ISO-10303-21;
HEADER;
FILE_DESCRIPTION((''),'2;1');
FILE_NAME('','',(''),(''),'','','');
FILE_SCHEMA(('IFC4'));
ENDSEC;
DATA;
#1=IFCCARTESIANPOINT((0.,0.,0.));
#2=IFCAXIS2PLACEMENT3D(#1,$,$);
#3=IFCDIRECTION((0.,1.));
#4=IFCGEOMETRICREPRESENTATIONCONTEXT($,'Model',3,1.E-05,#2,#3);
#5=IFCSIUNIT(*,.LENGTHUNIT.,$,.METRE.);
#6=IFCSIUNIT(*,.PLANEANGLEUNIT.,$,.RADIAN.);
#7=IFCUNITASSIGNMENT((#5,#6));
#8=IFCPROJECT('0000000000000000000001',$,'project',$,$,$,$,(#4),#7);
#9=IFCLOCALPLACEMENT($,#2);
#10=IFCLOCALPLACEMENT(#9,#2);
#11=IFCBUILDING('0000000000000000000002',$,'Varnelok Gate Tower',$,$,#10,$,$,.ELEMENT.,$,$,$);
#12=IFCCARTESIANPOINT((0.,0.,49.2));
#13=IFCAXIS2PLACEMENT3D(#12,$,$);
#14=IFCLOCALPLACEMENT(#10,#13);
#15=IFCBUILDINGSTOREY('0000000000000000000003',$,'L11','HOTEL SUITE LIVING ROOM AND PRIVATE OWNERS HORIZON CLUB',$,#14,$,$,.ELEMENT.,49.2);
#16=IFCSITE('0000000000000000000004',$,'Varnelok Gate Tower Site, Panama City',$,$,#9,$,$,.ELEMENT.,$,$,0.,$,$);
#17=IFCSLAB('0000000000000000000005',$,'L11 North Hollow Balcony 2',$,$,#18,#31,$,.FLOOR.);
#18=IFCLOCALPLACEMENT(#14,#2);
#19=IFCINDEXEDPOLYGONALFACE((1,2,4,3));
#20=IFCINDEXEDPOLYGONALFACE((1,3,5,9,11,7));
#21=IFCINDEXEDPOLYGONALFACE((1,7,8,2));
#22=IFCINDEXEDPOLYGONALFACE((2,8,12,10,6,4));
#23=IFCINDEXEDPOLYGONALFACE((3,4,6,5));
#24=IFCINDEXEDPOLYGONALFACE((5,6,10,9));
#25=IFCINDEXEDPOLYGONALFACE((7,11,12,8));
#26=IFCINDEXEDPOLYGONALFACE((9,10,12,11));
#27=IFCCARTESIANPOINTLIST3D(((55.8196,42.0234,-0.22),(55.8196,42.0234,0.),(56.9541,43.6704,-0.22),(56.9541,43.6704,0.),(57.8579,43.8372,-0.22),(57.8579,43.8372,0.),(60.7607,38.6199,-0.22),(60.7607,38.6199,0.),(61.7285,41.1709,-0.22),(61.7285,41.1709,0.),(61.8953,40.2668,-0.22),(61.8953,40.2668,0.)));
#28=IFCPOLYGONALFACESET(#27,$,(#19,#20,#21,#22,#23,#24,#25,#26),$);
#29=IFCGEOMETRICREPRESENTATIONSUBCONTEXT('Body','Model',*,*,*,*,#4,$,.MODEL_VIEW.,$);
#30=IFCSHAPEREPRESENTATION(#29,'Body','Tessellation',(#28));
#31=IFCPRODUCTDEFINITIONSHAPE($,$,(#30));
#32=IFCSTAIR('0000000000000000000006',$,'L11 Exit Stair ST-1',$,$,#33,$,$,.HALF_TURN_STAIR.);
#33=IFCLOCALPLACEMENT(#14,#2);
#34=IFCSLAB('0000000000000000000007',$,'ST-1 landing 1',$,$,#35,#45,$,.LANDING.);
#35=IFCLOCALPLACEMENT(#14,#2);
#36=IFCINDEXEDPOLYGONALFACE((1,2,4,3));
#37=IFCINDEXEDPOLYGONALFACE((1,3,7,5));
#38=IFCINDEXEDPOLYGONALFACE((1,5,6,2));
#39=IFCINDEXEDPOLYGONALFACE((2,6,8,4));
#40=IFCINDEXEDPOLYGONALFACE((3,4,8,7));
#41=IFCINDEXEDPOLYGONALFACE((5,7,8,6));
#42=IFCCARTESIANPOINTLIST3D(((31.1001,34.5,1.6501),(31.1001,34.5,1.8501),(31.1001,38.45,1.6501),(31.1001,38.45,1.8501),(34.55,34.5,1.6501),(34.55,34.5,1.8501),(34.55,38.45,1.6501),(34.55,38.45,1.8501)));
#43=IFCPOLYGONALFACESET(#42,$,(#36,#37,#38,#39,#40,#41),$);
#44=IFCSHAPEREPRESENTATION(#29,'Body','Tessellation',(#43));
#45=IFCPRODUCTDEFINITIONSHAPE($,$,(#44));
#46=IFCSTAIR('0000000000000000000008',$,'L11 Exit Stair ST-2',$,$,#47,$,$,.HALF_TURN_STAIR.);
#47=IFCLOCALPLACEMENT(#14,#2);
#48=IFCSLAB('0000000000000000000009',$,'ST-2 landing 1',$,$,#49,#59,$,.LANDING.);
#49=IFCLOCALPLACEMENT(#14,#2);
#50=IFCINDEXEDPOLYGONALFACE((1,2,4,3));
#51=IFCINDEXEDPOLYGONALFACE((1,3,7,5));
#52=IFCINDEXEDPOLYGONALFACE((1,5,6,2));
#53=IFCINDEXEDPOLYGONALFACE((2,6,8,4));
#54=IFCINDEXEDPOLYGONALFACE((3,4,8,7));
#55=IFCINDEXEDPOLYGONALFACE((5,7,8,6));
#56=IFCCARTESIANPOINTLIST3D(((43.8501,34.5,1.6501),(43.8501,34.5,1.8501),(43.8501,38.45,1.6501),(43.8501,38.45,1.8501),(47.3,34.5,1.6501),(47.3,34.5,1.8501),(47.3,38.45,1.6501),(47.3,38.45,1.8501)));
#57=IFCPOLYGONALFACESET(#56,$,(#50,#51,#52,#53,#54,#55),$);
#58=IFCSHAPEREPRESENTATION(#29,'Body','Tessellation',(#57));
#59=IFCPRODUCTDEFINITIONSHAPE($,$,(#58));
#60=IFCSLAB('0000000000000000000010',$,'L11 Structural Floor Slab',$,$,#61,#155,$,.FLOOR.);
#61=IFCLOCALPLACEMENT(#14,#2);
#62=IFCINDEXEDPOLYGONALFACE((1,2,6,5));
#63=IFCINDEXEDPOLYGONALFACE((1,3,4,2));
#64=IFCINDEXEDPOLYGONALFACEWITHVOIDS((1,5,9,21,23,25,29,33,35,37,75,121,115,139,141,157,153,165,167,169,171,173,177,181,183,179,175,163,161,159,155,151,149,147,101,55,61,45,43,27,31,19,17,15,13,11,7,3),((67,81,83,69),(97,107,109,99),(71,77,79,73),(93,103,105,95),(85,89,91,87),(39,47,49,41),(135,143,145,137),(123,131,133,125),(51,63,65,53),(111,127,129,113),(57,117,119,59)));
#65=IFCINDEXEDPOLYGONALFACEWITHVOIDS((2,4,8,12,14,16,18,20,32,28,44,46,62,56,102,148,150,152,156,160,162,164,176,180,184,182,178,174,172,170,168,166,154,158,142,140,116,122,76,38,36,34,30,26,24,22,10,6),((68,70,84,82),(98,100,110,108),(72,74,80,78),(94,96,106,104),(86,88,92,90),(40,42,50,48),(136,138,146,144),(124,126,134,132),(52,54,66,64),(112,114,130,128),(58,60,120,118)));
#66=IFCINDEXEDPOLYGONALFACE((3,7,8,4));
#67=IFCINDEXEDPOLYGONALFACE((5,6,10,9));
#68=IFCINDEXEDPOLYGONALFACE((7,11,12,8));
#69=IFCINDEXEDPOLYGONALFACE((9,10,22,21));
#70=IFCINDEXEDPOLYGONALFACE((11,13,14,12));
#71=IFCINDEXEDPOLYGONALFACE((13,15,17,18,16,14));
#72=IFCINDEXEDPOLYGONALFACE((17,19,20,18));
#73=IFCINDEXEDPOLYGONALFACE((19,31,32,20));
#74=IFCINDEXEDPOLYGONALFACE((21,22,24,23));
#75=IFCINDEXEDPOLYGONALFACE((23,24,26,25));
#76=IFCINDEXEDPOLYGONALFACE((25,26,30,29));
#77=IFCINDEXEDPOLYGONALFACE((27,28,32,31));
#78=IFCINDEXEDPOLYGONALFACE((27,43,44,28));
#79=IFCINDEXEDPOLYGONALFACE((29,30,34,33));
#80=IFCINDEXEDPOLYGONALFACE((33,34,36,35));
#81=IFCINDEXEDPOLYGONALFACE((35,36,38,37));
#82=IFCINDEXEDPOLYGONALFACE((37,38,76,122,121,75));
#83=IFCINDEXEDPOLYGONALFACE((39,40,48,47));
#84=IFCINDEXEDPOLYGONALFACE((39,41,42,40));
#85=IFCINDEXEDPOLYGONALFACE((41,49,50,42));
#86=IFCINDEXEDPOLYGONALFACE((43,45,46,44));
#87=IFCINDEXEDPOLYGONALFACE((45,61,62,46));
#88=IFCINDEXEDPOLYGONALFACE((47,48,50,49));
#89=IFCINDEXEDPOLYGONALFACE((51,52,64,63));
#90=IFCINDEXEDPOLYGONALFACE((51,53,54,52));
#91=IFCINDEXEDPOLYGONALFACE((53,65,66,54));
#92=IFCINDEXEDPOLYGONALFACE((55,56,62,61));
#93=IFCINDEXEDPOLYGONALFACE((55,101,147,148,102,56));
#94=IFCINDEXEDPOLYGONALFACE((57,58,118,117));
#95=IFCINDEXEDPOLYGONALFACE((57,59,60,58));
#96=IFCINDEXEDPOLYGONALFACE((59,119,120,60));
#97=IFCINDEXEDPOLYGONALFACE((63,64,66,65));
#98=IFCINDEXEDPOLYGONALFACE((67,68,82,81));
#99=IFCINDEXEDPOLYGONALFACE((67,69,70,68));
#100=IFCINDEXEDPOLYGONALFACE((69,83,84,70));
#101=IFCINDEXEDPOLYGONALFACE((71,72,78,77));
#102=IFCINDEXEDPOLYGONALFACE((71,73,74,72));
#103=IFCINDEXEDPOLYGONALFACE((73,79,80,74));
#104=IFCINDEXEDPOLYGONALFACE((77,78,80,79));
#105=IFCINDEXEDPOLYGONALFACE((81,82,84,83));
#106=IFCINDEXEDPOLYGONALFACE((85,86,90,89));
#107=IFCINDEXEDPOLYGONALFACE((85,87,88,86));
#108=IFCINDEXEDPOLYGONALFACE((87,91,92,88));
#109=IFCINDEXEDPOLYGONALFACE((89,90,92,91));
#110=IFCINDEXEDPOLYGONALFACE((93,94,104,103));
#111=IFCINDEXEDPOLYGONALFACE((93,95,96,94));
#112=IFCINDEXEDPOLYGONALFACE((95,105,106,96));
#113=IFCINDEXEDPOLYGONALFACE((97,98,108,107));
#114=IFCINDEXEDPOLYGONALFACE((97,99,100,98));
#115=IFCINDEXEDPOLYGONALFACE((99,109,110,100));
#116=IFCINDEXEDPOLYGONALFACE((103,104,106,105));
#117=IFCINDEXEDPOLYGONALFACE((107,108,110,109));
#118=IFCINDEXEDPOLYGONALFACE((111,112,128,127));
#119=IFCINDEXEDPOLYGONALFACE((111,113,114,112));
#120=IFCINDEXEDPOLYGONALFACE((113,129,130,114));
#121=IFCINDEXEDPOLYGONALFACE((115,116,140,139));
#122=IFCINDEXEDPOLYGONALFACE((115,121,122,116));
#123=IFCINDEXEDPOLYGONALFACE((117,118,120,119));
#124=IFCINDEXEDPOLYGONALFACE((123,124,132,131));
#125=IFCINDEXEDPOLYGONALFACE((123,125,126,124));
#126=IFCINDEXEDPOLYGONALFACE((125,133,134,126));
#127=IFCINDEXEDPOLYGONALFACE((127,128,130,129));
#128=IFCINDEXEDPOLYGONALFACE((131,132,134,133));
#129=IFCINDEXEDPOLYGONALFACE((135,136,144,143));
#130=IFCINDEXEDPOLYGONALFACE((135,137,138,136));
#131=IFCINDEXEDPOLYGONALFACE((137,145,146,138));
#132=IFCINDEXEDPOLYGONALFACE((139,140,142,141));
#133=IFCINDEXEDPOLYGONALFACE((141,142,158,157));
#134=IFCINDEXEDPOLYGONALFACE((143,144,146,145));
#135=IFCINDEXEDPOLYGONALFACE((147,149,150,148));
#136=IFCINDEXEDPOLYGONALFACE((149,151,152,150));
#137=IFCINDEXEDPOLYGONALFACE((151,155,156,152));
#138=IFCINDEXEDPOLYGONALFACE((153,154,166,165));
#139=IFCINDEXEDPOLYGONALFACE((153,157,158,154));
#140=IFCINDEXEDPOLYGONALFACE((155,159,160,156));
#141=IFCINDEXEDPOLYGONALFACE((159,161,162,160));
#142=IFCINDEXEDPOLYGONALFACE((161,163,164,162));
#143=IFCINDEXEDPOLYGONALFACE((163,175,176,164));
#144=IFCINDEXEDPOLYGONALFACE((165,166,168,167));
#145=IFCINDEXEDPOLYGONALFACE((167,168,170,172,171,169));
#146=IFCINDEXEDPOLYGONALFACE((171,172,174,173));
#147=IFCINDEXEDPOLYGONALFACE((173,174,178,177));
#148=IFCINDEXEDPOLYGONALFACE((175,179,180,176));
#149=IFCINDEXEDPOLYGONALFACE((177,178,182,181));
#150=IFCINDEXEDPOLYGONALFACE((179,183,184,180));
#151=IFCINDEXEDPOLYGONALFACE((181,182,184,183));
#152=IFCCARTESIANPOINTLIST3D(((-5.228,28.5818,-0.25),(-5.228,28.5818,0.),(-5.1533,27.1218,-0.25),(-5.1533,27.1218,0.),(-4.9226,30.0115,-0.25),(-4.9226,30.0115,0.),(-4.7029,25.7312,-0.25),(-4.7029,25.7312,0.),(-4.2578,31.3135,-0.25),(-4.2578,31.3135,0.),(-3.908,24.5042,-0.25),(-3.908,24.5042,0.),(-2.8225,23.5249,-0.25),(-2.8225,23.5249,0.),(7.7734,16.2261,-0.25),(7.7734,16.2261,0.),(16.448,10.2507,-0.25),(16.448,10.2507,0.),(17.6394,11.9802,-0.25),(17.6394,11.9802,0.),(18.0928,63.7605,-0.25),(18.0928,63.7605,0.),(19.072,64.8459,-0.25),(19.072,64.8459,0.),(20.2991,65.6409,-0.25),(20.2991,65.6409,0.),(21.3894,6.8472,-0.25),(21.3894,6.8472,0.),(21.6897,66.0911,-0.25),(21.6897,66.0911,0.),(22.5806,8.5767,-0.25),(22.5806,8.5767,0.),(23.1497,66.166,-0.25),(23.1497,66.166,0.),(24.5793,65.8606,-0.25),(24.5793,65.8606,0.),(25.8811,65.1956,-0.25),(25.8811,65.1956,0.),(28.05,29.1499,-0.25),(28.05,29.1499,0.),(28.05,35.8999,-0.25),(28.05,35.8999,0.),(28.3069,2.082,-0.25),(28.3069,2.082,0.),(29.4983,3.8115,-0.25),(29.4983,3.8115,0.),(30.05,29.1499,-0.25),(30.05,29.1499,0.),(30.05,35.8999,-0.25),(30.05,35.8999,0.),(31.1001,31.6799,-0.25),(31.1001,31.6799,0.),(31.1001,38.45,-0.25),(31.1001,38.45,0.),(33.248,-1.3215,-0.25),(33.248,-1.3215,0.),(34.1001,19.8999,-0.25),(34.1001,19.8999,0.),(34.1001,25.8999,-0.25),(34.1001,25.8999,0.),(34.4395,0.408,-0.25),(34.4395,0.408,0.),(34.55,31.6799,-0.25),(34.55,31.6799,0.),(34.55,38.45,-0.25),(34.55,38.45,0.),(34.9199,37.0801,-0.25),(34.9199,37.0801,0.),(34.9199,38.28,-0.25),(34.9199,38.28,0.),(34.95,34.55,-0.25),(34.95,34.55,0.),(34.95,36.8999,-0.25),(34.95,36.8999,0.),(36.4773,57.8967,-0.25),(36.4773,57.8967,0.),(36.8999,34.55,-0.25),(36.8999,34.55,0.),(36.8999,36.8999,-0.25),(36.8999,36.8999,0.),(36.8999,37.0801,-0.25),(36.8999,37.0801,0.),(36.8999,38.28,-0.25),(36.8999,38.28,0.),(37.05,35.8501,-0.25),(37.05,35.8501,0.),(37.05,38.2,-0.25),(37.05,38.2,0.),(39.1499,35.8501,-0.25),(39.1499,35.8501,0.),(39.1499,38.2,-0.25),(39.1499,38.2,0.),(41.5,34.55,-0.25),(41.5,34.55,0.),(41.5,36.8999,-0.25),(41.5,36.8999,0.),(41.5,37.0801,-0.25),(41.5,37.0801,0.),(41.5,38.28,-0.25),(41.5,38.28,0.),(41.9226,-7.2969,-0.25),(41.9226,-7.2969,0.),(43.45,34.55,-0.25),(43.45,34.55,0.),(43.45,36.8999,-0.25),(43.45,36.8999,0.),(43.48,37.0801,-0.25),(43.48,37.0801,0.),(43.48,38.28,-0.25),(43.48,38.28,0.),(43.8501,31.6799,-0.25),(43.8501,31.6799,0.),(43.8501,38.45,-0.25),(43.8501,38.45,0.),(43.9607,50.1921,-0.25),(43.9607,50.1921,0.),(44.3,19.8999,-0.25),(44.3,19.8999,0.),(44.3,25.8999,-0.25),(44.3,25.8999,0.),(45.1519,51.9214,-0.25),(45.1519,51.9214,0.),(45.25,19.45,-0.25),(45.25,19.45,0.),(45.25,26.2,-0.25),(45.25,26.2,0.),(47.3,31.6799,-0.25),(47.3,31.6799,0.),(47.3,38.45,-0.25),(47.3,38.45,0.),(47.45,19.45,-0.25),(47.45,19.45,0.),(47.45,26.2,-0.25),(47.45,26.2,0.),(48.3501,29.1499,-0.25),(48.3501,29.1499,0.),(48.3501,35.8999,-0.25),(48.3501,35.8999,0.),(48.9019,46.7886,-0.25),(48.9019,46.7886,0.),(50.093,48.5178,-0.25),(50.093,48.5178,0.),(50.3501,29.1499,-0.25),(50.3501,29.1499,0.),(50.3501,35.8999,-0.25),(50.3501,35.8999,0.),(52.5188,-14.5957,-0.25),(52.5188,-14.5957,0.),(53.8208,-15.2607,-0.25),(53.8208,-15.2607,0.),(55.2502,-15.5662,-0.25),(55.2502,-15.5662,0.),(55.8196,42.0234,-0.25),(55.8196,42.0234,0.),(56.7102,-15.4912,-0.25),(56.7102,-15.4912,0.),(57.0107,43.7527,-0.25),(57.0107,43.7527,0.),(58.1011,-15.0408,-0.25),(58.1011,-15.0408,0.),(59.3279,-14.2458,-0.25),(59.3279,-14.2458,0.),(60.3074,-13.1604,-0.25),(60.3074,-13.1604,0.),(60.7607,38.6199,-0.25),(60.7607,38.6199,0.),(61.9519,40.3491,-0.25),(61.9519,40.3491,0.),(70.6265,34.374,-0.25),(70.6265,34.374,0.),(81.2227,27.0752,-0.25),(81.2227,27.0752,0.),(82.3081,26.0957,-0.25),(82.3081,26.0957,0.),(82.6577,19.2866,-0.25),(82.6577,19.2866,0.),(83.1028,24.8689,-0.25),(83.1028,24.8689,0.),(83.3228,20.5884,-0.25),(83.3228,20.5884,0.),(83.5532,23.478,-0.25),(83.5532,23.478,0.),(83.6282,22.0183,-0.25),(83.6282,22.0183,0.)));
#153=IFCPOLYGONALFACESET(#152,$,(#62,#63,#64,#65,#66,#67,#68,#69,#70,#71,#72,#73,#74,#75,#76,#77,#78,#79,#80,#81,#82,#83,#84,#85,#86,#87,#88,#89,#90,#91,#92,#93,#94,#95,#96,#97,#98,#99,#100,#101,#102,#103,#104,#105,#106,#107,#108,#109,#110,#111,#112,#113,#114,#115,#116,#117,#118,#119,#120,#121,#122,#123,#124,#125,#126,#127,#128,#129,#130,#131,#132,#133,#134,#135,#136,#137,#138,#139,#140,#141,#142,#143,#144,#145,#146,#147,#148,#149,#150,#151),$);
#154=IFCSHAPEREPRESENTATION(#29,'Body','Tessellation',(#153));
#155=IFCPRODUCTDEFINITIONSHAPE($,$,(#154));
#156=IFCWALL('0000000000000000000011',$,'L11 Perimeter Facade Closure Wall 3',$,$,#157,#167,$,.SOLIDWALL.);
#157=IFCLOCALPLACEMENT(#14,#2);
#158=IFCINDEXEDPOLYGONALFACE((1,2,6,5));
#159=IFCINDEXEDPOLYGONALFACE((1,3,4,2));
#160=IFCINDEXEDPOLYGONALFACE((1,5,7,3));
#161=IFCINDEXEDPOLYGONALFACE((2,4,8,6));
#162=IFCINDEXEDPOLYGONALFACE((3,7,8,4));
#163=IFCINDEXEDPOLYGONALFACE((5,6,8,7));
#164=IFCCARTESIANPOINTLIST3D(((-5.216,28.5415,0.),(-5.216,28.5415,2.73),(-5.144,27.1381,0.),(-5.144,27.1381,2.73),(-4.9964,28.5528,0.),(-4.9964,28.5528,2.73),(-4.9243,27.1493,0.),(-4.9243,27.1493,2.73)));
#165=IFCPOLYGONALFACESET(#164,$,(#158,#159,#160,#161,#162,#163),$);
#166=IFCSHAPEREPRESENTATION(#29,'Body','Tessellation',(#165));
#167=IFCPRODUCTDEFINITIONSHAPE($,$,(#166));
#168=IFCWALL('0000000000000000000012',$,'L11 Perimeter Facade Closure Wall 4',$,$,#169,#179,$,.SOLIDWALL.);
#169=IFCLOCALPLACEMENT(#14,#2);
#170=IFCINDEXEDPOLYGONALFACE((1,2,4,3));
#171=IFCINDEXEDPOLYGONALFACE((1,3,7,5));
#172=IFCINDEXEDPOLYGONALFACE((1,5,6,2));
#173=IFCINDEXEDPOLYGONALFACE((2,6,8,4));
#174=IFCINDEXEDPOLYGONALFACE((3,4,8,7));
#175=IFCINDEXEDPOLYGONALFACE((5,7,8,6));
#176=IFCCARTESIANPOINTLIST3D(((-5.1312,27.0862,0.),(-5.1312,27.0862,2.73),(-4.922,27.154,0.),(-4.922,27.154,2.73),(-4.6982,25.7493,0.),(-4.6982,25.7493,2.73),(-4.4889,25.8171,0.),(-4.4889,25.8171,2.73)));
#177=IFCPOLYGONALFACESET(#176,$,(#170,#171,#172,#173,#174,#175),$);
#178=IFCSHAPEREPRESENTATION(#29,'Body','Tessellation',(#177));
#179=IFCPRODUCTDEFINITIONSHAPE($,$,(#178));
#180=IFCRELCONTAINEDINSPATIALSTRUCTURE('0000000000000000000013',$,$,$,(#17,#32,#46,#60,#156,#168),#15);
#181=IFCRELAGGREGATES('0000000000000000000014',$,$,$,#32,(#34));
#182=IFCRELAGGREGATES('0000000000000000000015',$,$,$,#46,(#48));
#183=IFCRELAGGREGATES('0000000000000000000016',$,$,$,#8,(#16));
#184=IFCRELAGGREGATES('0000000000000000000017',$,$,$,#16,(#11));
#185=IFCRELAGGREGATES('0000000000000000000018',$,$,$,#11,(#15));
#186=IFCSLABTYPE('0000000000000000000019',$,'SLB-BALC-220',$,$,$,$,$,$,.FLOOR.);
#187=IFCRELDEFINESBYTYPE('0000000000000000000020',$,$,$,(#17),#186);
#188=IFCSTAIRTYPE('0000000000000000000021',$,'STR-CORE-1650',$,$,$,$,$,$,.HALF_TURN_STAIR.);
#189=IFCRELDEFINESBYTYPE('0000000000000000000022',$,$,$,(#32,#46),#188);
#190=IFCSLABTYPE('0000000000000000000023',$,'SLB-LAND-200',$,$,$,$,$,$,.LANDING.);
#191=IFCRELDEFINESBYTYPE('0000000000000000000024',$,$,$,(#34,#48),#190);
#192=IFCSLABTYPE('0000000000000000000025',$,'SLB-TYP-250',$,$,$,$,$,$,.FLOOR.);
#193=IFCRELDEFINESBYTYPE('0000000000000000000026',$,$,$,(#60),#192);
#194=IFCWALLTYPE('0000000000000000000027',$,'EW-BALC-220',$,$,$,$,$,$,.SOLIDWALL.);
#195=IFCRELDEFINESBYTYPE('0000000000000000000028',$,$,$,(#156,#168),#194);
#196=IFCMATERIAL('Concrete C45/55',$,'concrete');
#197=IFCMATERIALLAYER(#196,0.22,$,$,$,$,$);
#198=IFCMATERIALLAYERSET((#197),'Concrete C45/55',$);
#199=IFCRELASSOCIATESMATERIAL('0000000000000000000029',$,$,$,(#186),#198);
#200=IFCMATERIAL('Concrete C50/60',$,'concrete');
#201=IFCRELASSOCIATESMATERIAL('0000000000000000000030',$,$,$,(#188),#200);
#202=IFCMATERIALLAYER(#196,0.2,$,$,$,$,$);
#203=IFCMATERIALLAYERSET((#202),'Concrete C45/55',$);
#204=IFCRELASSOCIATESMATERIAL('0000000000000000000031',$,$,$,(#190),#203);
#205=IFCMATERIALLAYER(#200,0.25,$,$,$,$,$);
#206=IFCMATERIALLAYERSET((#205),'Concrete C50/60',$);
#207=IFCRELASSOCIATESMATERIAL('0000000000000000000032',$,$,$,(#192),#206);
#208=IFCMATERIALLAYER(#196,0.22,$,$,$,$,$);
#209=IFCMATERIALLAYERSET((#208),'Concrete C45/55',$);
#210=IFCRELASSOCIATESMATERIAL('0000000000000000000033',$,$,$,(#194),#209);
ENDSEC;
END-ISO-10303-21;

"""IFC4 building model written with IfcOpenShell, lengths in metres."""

from ifc_helpers import new_model, si_unit, direction, frame, frame_2d, origin, place, context, subcontext, project, spatial, polyline, rectangle, outline, extrude, material, layer, layer_set, type_object, element, aggregate, save


model = new_model("IFC4")

# Units and contexts
model_context = context("Model", 3, precision=1e-05, world=origin(), true_north=direction((0.0, 1.0)))
body_context = subcontext(model_context, "Body", "Model", "MODEL_VIEW")
ifc_project = project(units=[si_unit("LENGTHUNIT", "METRE"), si_unit("PLANEANGLEUNIT", "RADIAN")], contexts=[model_context])

# Site, building, storey
site_placement = place(None, origin())
site = spatial("IfcSite", under=ifc_project, at=site_placement, Name="Varnelok Gate Tower Site, Panama City", CompositionType="ELEMENT", RefElevation=0.0)
building_placement = place(site_placement, origin())
building = spatial("IfcBuilding", under=site, at=building_placement, Name="Varnelok Gate Tower", CompositionType="ELEMENT")
storey_placement = place(building_placement, frame((0.0, 0.0, 49.2)))
storey = spatial("IfcBuildingStorey", under=building, at=storey_placement, Name="L11", Description="HOTEL SUITE LIVING ROOM AND PRIVATE OWNERS HORIZON CLUB", CompositionType="ELEMENT", Elevation=49.2)

# Slab
ifc_material_1 = material(Name="Concrete C45/55", Category="concrete")
ifc_layer_1 = layer(ifc_material_1, 0.22)
ifc_layer_set_1 = layer_set([ifc_layer_1], Name="Concrete C45/55")
slab_type_1 = type_object("IfcSlabType", Name="SLB-BALC-220", PredefinedType="FLOOR", material=ifc_layer_set_1)
slab_1_placement = place(storey_placement, frame((0.0, 0.0, -0.22)))
element("IfcSlab", 1, at=slab_1_placement, inside=storey, type_object=slab_type_1, Name="L11 North Hollow Balcony 2", PredefinedType="FLOOR", context=body_context, shape_type="SweptSolid", body=[
    extrude(outline(polyline([(55.8196, 42.0234), (60.7607, 38.6199), (61.8953, 40.2668), (61.7285, 41.1709), (57.8579, 43.8372), (56.9541, 43.6704), (55.8196, 42.0234)])), origin(), (0.0, 0.0, 1.0), 0.22),
])

# Stairs, slabs
ifc_material_2 = material(Name="Concrete C50/60", Category="concrete")
stair_type = type_object("IfcStairType", Name="STR-CORE-1650", PredefinedType="HALF_TURN_STAIR", material=ifc_material_2)
stair_1_placement = place(storey_placement, origin())
stair_1 = element("IfcStair", 2, at=stair_1_placement, inside=storey, type_object=stair_type, Name="L11 Exit Stair ST-1", PredefinedType="HALF_TURN_STAIR")
ifc_layer_2 = layer(ifc_material_1, 0.2)
ifc_layer_set_2 = layer_set([ifc_layer_2], Name="Concrete C45/55")
slab_type_2 = type_object("IfcSlabType", Name="SLB-LAND-200", PredefinedType="LANDING", material=ifc_layer_set_2)
slab_2_placement = place(storey_placement, frame((0.0, 0.0, 1.6501)))
slab_2 = element("IfcSlab", 3, at=slab_2_placement, type_object=slab_type_2, Name="ST-1 landing 1", PredefinedType="LANDING", context=body_context, shape_type="SweptSolid", body=[
    extrude(outline(polyline([(34.55, 34.5), (34.55, 38.45), (31.1001, 38.45), (31.1001, 34.5), (34.55, 34.5)])), origin(), (0.0, 0.0, 1.0), 0.2),
])
aggregate(stair_1, [slab_2])
stair_2_placement = place(storey_placement, origin())
stair_2 = element("IfcStair", 4, at=stair_2_placement, inside=storey, type_object=stair_type, Name="L11 Exit Stair ST-2", PredefinedType="HALF_TURN_STAIR")
slab_3_placement = place(storey_placement, frame((0.0, 0.0, 1.6501)))
slab_3 = element("IfcSlab", 5, at=slab_3_placement, type_object=slab_type_2, Name="ST-2 landing 1", PredefinedType="LANDING", context=body_context, shape_type="SweptSolid", body=[
    extrude(outline(polyline([(47.3, 34.5), (47.3, 38.45), (43.8501, 38.45), (43.8501, 34.5), (47.3, 34.5)])), origin(), (0.0, 0.0, 1.0), 0.2),
])
aggregate(stair_2, [slab_3])

# Slab
ifc_layer_3 = layer(ifc_material_2, 0.25)
ifc_layer_set_3 = layer_set([ifc_layer_3], Name="Concrete C50/60")
slab_type_3 = type_object("IfcSlabType", Name="SLB-TYP-250", PredefinedType="FLOOR", material=ifc_layer_set_3)
slab_4_placement = place(storey_placement, frame((0.0, 0.0, -0.25)))
element("IfcSlab", 6, at=slab_4_placement, inside=storey, type_object=slab_type_3, Name="L11 Structural Floor Slab", PredefinedType="FLOOR", context=body_context, shape_type="SweptSolid", body=[
    extrude(outline(polyline([(-4.2578, 31.3135), (-4.9226, 30.0115), (-5.228, 28.5818), (-5.1533, 27.1218), (-4.7029, 25.7312), (-3.908, 24.5042), (-2.8225, 23.5249), (7.7734, 16.2261), (16.448, 10.2507), (17.6394, 11.9802), (22.5806, 8.5767), (21.3894, 6.8472), (28.3069, 2.082), (29.4983, 3.8115), (34.4395, 0.408), (33.248, -1.3215), (41.9226, -7.2969), (52.5188, -14.5957), (53.8208, -15.2607), (55.2502, -15.5662), (56.7102, -15.4912), (58.1011, -15.0408), (59.3279, -14.2458), (60.3074, -13.1604), (82.6577, 19.2866), (83.3228, 20.5884), (83.6282, 22.0183), (83.5532, 23.478), (83.1028, 24.8689), (82.3081, 26.0957), (81.2227, 27.0752), (70.6265, 34.374), (61.9519, 40.3491), (60.7607, 38.6199), (55.8196, 42.0234), (57.0107, 43.7527), (50.093, 48.5178), (48.9019, 46.7886), (43.9607, 50.1921), (45.1519, 51.9214), (36.4773, 57.8967), (25.8811, 65.1956), (24.5793, 65.8606), (23.1497, 66.166), (21.6897, 66.0911), (20.2991, 65.6409), (19.072, 64.8459), (18.0928, 63.7605), (-4.2578, 31.3135)]), holes=[polyline([(34.55, 31.6799), (34.55, 38.45), (31.1001, 38.45), (31.1001, 31.6799), (34.55, 31.6799)]), polyline([(47.3, 31.6799), (47.3, 38.45), (43.8501, 38.45), (43.8501, 31.6799), (47.3, 31.6799)]), polyline([(34.95, 34.55), (36.8999, 34.55), (36.8999, 36.8999), (34.95, 36.8999), (34.95, 34.55)]), polyline([(41.5, 34.55), (43.45, 34.55), (43.45, 36.8999), (41.5, 36.8999), (41.5, 34.55)]), polyline([(37.05, 35.8501), (39.1499, 35.8501), (39.1499, 38.2), (37.05, 38.2), (37.05, 35.8501)]), polyline([(28.05, 29.1499), (30.05, 29.1499), (30.05, 35.8999), (28.05, 35.8999), (28.05, 29.1499)]), polyline([(48.3501, 29.1499), (50.3501, 29.1499), (50.3501, 35.8999), (48.3501, 35.8999), (48.3501, 29.1499)]), polyline([(45.25, 19.45), (47.45, 19.45), (47.45, 26.2), (45.25, 26.2), (45.25, 19.45)]), polyline([(34.9199, 37.0801), (36.8999, 37.0801), (36.8999, 38.28), (34.9199, 38.28), (34.9199, 37.0801)]), polyline([(41.5, 37.0801), (43.48, 37.0801), (43.48, 38.28), (41.5, 38.28), (41.5, 37.0801)]), polyline([(34.1001, 19.8999), (44.3, 19.8999), (44.3, 25.8999), (34.1001, 25.8999), (34.1001, 19.8999)])]), origin(), (0.0, 0.0, 1.0), 0.25),
])

# Walls
ifc_layer_4 = layer(ifc_material_1, 0.22)
ifc_layer_set_4 = layer_set([ifc_layer_4], Name="Concrete C45/55")
wall_type_1 = type_object("IfcWallType", Name="EW-BALC-220", PredefinedType="SOLIDWALL", material=ifc_layer_set_4)
for number, where, z_axis, x_axis, name in (
    (7, (-5.1062, 28.5471, 0.0), (0.0, 0.0, 1.0), (0.051255, -0.998686, 0.0), "L11 Perimeter Facade Closure Wall 3"),
    (8, (-5.0266, 27.1201, 0.0), (0.0, 0.0, 1.0), (0.30819, -0.951325, 0.0), "L11 Perimeter Facade Closure Wall 4"),
):
    element("IfcWall", number, at=place(storey_placement, frame(where, z_axis=z_axis, x_axis=x_axis)), inside=storey, type_object=wall_type_1, Name=name, PredefinedType="SOLIDWALL", context=body_context, shape_type="SweptSolid", body=[
        extrude(rectangle(XDim=1.4053, YDim=0.22, at=frame_2d((0.7026, 0.0))), origin(), (0.0, 0.0, 1.0), 2.73),
    ])

save(model, "model.ifc")
